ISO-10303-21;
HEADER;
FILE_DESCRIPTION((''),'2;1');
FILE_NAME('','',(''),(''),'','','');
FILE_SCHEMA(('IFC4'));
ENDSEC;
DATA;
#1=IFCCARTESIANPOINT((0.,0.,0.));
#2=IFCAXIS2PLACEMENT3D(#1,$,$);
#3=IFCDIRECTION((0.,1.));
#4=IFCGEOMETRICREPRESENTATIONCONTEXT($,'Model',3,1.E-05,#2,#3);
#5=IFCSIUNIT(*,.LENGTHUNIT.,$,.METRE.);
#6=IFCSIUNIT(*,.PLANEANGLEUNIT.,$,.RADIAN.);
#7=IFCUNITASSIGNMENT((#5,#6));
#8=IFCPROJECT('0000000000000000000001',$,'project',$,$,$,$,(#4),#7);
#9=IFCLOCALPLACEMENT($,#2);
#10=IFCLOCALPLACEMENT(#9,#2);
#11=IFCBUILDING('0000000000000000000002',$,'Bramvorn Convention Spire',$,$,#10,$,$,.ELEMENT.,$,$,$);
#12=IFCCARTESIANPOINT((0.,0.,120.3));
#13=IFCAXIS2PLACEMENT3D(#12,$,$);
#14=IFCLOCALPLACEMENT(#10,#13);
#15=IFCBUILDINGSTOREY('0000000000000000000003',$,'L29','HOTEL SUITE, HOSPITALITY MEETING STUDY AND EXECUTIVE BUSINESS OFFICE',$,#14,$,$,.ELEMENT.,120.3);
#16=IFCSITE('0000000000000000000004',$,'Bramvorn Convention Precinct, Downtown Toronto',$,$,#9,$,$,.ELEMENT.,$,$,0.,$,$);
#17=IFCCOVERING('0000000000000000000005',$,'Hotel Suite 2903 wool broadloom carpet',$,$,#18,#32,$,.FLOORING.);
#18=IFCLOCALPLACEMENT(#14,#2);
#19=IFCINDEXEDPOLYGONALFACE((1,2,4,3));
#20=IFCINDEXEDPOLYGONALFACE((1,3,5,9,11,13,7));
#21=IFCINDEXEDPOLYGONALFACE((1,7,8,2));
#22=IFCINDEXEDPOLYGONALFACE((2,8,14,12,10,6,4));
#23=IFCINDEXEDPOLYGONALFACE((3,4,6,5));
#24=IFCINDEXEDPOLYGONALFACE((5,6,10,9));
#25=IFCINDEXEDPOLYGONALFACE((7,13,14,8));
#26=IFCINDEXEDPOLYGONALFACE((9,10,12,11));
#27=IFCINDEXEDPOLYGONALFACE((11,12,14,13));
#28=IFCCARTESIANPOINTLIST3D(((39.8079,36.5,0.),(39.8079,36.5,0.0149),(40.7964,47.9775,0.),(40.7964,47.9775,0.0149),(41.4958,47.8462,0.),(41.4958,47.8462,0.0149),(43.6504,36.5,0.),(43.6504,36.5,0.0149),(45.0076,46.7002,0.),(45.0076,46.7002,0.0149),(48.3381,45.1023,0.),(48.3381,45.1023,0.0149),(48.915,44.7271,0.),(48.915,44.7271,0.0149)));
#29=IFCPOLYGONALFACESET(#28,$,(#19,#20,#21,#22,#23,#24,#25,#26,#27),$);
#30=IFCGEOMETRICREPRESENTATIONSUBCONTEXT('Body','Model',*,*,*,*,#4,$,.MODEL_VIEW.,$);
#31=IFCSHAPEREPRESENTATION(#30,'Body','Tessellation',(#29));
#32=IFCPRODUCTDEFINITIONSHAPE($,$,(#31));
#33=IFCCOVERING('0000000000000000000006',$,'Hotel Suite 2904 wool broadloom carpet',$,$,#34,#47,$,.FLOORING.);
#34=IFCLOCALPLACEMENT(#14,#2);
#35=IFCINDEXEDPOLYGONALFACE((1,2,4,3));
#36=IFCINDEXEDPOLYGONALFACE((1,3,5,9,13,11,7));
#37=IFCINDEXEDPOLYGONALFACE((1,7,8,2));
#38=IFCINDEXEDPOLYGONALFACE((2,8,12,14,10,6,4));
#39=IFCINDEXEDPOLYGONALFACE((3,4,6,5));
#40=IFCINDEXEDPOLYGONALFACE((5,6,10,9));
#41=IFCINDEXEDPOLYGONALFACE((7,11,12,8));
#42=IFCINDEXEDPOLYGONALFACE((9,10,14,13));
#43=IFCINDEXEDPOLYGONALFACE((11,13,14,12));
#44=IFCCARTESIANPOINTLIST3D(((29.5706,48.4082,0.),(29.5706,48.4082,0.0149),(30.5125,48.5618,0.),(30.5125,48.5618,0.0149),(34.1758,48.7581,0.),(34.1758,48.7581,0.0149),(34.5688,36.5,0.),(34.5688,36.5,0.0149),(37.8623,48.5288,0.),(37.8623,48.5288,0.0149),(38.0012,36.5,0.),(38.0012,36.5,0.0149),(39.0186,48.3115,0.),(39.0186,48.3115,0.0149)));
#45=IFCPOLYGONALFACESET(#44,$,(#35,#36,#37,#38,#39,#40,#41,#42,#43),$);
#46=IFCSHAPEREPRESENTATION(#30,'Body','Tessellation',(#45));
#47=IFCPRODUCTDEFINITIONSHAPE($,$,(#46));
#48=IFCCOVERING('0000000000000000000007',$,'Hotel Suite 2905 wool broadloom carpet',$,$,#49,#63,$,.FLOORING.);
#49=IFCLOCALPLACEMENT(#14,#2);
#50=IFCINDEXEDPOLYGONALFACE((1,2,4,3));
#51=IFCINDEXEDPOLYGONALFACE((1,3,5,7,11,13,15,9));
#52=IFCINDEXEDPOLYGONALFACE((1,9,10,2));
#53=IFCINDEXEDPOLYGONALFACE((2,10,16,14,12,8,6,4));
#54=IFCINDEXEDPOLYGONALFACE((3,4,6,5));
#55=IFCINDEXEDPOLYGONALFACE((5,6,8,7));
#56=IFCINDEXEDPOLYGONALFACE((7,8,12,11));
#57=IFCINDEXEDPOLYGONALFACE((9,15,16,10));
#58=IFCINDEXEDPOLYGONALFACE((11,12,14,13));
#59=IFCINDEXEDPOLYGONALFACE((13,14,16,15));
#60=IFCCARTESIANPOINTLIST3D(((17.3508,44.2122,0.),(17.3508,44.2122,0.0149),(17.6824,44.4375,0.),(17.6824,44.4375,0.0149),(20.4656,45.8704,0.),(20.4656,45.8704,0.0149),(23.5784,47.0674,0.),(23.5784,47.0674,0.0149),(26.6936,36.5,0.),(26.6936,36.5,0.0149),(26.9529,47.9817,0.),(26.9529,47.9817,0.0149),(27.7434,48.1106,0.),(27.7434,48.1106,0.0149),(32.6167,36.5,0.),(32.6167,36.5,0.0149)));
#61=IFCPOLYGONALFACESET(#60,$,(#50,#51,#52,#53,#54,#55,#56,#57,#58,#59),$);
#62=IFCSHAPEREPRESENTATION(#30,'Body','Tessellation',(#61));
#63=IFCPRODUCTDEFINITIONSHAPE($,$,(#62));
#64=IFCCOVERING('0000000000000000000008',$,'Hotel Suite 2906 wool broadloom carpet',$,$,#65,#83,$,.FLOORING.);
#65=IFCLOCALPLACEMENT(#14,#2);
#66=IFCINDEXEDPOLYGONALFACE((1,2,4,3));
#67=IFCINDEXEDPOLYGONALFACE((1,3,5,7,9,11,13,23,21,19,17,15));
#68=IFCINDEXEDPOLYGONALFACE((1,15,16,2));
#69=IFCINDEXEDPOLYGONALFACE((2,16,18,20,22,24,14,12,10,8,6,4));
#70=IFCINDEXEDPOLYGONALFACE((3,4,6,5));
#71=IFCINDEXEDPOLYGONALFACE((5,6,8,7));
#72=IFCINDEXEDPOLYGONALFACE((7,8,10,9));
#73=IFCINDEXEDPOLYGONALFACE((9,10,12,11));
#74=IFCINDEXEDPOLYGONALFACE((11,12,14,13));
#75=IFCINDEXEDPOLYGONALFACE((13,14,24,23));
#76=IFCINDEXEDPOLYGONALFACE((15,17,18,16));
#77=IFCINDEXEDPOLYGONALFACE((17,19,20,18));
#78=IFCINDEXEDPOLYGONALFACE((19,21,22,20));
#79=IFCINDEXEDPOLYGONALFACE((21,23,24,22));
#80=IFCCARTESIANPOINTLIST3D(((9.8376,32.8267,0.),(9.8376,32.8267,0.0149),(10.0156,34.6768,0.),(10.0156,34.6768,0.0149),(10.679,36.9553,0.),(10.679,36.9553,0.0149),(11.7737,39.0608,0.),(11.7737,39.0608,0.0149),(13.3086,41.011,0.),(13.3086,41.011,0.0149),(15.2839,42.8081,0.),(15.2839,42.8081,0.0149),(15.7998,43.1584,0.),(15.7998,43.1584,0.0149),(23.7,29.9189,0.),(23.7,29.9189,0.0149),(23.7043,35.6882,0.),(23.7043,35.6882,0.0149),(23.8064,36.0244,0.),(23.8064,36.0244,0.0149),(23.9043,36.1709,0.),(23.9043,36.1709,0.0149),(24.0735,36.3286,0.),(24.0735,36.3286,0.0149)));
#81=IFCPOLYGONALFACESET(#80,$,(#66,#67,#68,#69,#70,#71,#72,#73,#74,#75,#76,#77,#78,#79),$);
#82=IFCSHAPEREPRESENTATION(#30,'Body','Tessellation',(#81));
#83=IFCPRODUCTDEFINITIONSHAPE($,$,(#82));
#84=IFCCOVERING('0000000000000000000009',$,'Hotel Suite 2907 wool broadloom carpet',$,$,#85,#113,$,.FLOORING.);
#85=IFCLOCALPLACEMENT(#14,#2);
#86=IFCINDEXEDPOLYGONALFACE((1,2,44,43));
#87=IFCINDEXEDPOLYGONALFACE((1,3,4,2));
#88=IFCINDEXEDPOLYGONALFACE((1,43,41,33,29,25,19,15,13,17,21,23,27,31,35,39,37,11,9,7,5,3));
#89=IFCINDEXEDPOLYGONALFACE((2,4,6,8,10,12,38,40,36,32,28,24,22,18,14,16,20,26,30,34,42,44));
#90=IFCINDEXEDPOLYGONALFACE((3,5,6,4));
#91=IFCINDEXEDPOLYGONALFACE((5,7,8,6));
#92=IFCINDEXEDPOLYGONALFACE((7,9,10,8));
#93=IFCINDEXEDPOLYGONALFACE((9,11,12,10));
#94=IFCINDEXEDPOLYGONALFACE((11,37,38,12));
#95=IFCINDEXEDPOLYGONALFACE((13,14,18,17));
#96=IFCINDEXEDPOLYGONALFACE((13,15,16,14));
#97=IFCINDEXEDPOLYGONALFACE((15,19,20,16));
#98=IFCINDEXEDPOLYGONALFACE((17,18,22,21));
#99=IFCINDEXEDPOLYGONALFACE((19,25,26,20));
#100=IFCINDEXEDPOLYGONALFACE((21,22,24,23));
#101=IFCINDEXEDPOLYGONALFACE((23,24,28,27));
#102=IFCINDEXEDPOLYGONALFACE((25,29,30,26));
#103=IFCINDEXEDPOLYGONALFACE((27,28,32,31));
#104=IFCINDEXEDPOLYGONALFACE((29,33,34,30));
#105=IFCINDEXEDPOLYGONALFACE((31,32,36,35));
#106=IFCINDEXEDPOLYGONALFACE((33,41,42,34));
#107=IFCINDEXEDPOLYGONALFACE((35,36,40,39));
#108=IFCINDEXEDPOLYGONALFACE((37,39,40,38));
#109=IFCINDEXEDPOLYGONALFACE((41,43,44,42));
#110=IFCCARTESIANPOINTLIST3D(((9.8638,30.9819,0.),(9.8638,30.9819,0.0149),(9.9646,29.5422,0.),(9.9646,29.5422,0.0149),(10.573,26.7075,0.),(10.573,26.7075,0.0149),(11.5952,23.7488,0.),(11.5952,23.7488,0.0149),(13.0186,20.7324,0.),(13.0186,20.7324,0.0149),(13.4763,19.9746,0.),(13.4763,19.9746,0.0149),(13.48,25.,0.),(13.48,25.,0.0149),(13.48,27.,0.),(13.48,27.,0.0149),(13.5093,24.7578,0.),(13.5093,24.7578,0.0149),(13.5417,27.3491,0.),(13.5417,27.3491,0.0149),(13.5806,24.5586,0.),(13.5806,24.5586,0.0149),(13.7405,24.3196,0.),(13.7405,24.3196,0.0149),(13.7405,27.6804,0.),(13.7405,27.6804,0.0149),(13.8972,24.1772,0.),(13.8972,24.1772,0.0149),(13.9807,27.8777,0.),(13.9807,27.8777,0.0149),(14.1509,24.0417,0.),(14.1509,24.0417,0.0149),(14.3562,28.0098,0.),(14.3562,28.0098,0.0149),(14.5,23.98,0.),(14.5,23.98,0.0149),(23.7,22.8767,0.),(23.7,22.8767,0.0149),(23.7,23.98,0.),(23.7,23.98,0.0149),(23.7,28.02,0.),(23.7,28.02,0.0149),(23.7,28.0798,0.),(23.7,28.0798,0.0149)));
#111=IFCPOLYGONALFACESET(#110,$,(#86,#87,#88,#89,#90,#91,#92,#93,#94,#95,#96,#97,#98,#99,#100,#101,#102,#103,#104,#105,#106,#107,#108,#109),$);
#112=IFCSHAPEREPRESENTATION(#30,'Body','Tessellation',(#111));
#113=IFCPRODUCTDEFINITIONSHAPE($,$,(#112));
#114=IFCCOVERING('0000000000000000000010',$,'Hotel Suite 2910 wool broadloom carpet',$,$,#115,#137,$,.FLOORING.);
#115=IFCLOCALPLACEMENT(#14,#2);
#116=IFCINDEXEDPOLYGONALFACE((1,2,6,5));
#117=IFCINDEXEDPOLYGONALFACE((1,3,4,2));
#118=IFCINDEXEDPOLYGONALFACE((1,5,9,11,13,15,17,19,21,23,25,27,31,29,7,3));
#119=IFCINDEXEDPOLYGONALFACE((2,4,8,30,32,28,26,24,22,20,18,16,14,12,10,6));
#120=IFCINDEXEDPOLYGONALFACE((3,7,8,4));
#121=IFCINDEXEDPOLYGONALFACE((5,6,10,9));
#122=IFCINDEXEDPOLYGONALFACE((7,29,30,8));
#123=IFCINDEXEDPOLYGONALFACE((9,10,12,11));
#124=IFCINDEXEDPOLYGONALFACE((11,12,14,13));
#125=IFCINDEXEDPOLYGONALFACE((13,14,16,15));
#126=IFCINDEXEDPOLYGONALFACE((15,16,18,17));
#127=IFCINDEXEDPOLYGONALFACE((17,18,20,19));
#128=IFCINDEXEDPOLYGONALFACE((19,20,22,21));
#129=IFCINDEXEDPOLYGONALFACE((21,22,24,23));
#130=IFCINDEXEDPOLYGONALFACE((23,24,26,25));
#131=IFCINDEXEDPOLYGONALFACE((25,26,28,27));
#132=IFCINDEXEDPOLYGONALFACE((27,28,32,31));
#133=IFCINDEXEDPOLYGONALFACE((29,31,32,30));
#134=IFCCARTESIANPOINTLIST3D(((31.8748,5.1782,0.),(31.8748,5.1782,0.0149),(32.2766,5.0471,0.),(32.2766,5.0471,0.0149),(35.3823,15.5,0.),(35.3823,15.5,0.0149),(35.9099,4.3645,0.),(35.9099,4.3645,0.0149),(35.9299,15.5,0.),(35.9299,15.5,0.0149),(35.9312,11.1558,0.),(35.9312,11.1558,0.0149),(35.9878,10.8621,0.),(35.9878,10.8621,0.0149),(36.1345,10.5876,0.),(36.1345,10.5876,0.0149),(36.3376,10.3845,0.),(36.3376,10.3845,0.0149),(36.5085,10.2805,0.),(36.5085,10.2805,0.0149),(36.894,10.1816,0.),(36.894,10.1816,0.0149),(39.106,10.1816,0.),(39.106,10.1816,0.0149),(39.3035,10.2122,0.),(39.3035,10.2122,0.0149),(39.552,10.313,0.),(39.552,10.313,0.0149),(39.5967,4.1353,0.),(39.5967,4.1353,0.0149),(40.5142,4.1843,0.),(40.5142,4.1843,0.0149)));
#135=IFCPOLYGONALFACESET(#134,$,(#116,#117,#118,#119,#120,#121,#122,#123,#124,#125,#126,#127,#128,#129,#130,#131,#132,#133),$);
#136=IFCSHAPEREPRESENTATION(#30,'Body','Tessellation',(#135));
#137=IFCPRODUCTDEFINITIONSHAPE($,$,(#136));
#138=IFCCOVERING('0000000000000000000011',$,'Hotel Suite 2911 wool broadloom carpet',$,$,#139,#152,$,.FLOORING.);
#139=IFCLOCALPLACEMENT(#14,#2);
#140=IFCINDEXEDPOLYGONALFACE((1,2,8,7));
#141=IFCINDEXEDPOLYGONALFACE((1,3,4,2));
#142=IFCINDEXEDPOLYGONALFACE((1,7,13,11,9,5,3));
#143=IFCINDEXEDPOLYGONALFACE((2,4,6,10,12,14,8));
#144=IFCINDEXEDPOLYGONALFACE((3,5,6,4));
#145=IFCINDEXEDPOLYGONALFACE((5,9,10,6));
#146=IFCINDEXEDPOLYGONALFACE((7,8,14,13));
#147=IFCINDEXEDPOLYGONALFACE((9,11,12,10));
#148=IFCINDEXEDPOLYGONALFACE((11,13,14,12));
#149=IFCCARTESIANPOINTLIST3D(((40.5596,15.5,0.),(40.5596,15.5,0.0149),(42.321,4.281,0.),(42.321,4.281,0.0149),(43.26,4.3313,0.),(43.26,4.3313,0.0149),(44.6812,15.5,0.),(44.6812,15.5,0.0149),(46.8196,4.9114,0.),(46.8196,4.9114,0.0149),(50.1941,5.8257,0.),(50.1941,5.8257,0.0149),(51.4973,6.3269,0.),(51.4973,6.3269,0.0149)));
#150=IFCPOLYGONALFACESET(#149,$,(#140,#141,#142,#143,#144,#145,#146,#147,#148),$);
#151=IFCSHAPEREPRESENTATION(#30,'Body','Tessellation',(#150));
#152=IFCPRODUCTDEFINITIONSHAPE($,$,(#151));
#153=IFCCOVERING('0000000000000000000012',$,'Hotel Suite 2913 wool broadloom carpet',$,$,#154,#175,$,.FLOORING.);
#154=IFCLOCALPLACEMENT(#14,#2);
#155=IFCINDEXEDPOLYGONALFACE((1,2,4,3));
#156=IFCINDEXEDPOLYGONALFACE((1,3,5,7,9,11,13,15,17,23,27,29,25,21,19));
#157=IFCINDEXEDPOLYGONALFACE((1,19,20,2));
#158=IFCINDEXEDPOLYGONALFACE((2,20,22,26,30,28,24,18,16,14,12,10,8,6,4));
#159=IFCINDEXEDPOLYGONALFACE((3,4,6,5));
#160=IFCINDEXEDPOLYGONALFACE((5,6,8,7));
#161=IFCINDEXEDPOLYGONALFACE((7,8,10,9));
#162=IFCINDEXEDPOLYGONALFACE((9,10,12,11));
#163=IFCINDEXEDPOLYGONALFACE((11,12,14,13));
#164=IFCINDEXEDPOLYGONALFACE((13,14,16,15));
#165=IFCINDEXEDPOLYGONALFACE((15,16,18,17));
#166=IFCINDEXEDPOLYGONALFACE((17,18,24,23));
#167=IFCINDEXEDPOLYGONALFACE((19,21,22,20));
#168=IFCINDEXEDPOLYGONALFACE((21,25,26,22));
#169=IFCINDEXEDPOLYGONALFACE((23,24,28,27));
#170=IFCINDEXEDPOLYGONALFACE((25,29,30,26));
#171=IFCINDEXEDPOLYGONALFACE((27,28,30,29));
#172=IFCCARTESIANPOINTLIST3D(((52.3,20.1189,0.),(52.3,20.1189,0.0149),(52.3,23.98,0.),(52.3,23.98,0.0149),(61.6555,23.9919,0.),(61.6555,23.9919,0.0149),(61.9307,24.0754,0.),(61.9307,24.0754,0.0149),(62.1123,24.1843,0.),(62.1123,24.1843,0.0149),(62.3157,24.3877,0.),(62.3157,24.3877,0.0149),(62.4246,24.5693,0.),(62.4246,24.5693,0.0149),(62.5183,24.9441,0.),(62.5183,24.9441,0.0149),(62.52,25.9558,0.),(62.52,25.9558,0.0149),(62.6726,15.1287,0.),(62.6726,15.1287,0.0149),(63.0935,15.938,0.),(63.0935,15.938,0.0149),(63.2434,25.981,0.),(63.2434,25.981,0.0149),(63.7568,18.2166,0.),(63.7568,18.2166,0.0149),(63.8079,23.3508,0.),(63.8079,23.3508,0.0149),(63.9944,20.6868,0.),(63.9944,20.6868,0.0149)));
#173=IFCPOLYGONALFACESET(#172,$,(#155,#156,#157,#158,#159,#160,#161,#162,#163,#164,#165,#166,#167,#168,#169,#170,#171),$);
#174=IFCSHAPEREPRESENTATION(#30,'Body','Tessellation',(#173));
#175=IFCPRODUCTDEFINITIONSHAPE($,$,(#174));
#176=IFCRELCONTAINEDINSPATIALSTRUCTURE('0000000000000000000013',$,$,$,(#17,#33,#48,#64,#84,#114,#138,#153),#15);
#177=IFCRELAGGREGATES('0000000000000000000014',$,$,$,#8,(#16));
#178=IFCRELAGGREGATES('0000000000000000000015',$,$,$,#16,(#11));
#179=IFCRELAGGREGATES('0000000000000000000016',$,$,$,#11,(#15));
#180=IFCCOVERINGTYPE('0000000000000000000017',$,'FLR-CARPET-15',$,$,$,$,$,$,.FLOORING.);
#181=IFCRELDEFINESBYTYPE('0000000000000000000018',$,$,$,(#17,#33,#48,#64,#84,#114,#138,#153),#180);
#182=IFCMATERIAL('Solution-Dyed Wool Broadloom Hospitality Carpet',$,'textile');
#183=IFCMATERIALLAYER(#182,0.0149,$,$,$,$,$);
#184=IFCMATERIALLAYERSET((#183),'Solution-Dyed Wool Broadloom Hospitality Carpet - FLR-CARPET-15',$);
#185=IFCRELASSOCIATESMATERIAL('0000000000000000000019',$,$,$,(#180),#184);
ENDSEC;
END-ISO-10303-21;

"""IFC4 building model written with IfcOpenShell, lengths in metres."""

from ifc_helpers import new_model, si_unit, direction, frame, origin, place, context, subcontext, project, spatial, polyline, outline, extrude, material, layer, layer_set, type_object, element, save


model = new_model("IFC4")

# Units and contexts
model_context = context("Model", 3, precision=1e-05, world=origin(), true_north=direction((0.0, 1.0)))
body_context = subcontext(model_context, "Body", "Model", "MODEL_VIEW")
ifc_project = project(units=[si_unit("LENGTHUNIT", "METRE"), si_unit("PLANEANGLEUNIT", "RADIAN")], contexts=[model_context])

# Site, building, storey
site_placement = place(None, origin())
site = spatial("IfcSite", under=ifc_project, at=site_placement, Name="Bramvorn Convention Precinct, Downtown Toronto", CompositionType="ELEMENT", RefElevation=0.0)
building_placement = place(site_placement, origin())
building = spatial("IfcBuilding", under=site, at=building_placement, Name="Bramvorn Convention Spire", CompositionType="ELEMENT")
storey_placement = place(building_placement, frame((0.0, 0.0, 120.3)))
storey = spatial("IfcBuildingStorey", under=building, at=storey_placement, Name="L29", Description="HOTEL SUITE, HOSPITALITY MEETING STUDY AND EXECUTIVE BUSINESS OFFICE", CompositionType="ELEMENT", Elevation=120.3)

# Coverings
ifc_material_1 = material(Name="Solution-Dyed Wool Broadloom Hospitality Carpet", Category="textile")
ifc_layer_1 = layer(ifc_material_1, 0.0149)
ifc_layer_set_1 = layer_set([ifc_layer_1], Name="Solution-Dyed Wool Broadloom Hospitality Carpet - FLR-CARPET-15")
covering_type = type_object("IfcCoveringType", Name="FLR-CARPET-15", PredefinedType="FLOORING", material=ifc_layer_set_1)
covering_1_placement = place(storey_placement, origin())
element("IfcCovering", 1, at=covering_1_placement, inside=storey, type_object=covering_type, Name="Hotel Suite 2903 wool broadloom carpet", PredefinedType="FLOORING", context=body_context, shape_type="SweptSolid", body=[
    extrude(outline(polyline([(41.4958, 47.8462), (40.7964, 47.9775), (39.8079, 36.5), (43.6504, 36.5), (48.915, 44.7271), (48.3381, 45.1023), (45.0076, 46.7002), (41.4958, 47.8462)])), origin(), (0.0, 0.0, 1.0), 0.0149),
])
covering_2_placement = place(storey_placement, origin())
element("IfcCovering", 2, at=covering_2_placement, inside=storey, type_object=covering_type, Name="Hotel Suite 2904 wool broadloom carpet", PredefinedType="FLOORING", context=body_context, shape_type="SweptSolid", body=[
    extrude(outline(polyline([(30.5125, 48.5618), (29.5706, 48.4082), (34.5688, 36.5), (38.0012, 36.5), (39.0186, 48.3115), (37.8623, 48.5288), (34.1758, 48.7581), (30.5125, 48.5618)])), origin(), (0.0, 0.0, 1.0), 0.0149),
])
covering_3_placement = place(storey_placement, origin())
element("IfcCovering", 3, at=covering_3_placement, inside=storey, type_object=covering_type, Name="Hotel Suite 2905 wool broadloom carpet", PredefinedType="FLOORING", context=body_context, shape_type="SweptSolid", body=[
    extrude(outline(polyline([(17.6824, 44.4375), (17.3508, 44.2122), (26.6936, 36.5), (32.6167, 36.5), (27.7434, 48.1106), (26.9529, 47.9817), (23.5784, 47.0674), (20.4656, 45.8704), (17.6824, 44.4375)])), origin(), (0.0, 0.0, 1.0), 0.0149),
])
covering_4_placement = place(storey_placement, origin())
element("IfcCovering", 4, at=covering_4_placement, inside=storey, type_object=covering_type, Name="Hotel Suite 2906 wool broadloom carpet", PredefinedType="FLOORING", context=body_context, shape_type="SweptSolid", body=[
    extrude(outline(polyline([(23.7, 29.9189), (23.7043, 35.6882), (23.8064, 36.0244), (23.9043, 36.1709), (24.0735, 36.3286), (15.7998, 43.1584), (15.2839, 42.8081), (13.3086, 41.011), (11.7737, 39.0608), (10.679, 36.9553), (10.0156, 34.6768), (9.8376, 32.8267), (23.7, 29.9189)])), origin(), (0.0, 0.0, 1.0), 0.0149),
])
covering_5_placement = place(storey_placement, origin())
element("IfcCovering", 5, at=covering_5_placement, inside=storey, type_object=covering_type, Name="Hotel Suite 2907 wool broadloom carpet", PredefinedType="FLOORING", context=body_context, shape_type="SweptSolid", body=[
    extrude(outline(polyline([(13.0186, 20.7324), (13.4763, 19.9746), (23.7, 22.8767), (23.7, 23.98), (14.5, 23.98), (14.1509, 24.0417), (13.8972, 24.1772), (13.7405, 24.3196), (13.5806, 24.5586), (13.5093, 24.7578), (13.48, 25.0), (13.48, 27.0), (13.5417, 27.3491), (13.7405, 27.6804), (13.9807, 27.8777), (14.3562, 28.0098), (23.7, 28.02), (23.7, 28.0798), (9.8638, 30.9819), (9.9646, 29.5422), (10.573, 26.7075), (11.5952, 23.7488), (13.0186, 20.7324)])), origin(), (0.0, 0.0, 1.0), 0.0149),
])
covering_6_placement = place(storey_placement, origin())
element("IfcCovering", 6, at=covering_6_placement, inside=storey, type_object=covering_type, Name="Hotel Suite 2910 wool broadloom carpet", PredefinedType="FLOORING", context=body_context, shape_type="SweptSolid", body=[
    extrude(outline(polyline([(39.5967, 4.1353), (40.5142, 4.1843), (39.552, 10.313), (39.3035, 10.2122), (39.106, 10.1816), (36.894, 10.1816), (36.5085, 10.2805), (36.3376, 10.3845), (36.1345, 10.5876), (35.9878, 10.8621), (35.9312, 11.1558), (35.9299, 15.5), (35.3823, 15.5), (31.8748, 5.1782), (32.2766, 5.0471), (35.9099, 4.3645), (39.5967, 4.1353)])), origin(), (0.0, 0.0, 1.0), 0.0149),
])
covering_7_placement = place(storey_placement, origin())
element("IfcCovering", 7, at=covering_7_placement, inside=storey, type_object=covering_type, Name="Hotel Suite 2911 wool broadloom carpet", PredefinedType="FLOORING", context=body_context, shape_type="SweptSolid", body=[
    extrude(outline(polyline([(50.1941, 5.8257), (51.4973, 6.3269), (44.6812, 15.5), (40.5596, 15.5), (42.321, 4.281), (43.26, 4.3313), (46.8196, 4.9114), (50.1941, 5.8257)])), origin(), (0.0, 0.0, 1.0), 0.0149),
])
covering_8_placement = place(storey_placement, origin())
element("IfcCovering", 8, at=covering_8_placement, inside=storey, type_object=covering_type, Name="Hotel Suite 2913 wool broadloom carpet", PredefinedType="FLOORING", context=body_context, shape_type="SweptSolid", body=[
    extrude(outline(polyline([(62.52, 25.9558), (62.5183, 24.9441), (62.4246, 24.5693), (62.3157, 24.3877), (62.1123, 24.1843), (61.9307, 24.0754), (61.6555, 23.9919), (52.3, 23.98), (52.3, 20.1189), (62.6726, 15.1287), (63.0935, 15.938), (63.7568, 18.2166), (63.9944, 20.6868), (63.8079, 23.3508), (63.2434, 25.981), (62.52, 25.9558)])), origin(), (0.0, 0.0, 1.0), 0.0149),
])

save(model, "model.ifc")
